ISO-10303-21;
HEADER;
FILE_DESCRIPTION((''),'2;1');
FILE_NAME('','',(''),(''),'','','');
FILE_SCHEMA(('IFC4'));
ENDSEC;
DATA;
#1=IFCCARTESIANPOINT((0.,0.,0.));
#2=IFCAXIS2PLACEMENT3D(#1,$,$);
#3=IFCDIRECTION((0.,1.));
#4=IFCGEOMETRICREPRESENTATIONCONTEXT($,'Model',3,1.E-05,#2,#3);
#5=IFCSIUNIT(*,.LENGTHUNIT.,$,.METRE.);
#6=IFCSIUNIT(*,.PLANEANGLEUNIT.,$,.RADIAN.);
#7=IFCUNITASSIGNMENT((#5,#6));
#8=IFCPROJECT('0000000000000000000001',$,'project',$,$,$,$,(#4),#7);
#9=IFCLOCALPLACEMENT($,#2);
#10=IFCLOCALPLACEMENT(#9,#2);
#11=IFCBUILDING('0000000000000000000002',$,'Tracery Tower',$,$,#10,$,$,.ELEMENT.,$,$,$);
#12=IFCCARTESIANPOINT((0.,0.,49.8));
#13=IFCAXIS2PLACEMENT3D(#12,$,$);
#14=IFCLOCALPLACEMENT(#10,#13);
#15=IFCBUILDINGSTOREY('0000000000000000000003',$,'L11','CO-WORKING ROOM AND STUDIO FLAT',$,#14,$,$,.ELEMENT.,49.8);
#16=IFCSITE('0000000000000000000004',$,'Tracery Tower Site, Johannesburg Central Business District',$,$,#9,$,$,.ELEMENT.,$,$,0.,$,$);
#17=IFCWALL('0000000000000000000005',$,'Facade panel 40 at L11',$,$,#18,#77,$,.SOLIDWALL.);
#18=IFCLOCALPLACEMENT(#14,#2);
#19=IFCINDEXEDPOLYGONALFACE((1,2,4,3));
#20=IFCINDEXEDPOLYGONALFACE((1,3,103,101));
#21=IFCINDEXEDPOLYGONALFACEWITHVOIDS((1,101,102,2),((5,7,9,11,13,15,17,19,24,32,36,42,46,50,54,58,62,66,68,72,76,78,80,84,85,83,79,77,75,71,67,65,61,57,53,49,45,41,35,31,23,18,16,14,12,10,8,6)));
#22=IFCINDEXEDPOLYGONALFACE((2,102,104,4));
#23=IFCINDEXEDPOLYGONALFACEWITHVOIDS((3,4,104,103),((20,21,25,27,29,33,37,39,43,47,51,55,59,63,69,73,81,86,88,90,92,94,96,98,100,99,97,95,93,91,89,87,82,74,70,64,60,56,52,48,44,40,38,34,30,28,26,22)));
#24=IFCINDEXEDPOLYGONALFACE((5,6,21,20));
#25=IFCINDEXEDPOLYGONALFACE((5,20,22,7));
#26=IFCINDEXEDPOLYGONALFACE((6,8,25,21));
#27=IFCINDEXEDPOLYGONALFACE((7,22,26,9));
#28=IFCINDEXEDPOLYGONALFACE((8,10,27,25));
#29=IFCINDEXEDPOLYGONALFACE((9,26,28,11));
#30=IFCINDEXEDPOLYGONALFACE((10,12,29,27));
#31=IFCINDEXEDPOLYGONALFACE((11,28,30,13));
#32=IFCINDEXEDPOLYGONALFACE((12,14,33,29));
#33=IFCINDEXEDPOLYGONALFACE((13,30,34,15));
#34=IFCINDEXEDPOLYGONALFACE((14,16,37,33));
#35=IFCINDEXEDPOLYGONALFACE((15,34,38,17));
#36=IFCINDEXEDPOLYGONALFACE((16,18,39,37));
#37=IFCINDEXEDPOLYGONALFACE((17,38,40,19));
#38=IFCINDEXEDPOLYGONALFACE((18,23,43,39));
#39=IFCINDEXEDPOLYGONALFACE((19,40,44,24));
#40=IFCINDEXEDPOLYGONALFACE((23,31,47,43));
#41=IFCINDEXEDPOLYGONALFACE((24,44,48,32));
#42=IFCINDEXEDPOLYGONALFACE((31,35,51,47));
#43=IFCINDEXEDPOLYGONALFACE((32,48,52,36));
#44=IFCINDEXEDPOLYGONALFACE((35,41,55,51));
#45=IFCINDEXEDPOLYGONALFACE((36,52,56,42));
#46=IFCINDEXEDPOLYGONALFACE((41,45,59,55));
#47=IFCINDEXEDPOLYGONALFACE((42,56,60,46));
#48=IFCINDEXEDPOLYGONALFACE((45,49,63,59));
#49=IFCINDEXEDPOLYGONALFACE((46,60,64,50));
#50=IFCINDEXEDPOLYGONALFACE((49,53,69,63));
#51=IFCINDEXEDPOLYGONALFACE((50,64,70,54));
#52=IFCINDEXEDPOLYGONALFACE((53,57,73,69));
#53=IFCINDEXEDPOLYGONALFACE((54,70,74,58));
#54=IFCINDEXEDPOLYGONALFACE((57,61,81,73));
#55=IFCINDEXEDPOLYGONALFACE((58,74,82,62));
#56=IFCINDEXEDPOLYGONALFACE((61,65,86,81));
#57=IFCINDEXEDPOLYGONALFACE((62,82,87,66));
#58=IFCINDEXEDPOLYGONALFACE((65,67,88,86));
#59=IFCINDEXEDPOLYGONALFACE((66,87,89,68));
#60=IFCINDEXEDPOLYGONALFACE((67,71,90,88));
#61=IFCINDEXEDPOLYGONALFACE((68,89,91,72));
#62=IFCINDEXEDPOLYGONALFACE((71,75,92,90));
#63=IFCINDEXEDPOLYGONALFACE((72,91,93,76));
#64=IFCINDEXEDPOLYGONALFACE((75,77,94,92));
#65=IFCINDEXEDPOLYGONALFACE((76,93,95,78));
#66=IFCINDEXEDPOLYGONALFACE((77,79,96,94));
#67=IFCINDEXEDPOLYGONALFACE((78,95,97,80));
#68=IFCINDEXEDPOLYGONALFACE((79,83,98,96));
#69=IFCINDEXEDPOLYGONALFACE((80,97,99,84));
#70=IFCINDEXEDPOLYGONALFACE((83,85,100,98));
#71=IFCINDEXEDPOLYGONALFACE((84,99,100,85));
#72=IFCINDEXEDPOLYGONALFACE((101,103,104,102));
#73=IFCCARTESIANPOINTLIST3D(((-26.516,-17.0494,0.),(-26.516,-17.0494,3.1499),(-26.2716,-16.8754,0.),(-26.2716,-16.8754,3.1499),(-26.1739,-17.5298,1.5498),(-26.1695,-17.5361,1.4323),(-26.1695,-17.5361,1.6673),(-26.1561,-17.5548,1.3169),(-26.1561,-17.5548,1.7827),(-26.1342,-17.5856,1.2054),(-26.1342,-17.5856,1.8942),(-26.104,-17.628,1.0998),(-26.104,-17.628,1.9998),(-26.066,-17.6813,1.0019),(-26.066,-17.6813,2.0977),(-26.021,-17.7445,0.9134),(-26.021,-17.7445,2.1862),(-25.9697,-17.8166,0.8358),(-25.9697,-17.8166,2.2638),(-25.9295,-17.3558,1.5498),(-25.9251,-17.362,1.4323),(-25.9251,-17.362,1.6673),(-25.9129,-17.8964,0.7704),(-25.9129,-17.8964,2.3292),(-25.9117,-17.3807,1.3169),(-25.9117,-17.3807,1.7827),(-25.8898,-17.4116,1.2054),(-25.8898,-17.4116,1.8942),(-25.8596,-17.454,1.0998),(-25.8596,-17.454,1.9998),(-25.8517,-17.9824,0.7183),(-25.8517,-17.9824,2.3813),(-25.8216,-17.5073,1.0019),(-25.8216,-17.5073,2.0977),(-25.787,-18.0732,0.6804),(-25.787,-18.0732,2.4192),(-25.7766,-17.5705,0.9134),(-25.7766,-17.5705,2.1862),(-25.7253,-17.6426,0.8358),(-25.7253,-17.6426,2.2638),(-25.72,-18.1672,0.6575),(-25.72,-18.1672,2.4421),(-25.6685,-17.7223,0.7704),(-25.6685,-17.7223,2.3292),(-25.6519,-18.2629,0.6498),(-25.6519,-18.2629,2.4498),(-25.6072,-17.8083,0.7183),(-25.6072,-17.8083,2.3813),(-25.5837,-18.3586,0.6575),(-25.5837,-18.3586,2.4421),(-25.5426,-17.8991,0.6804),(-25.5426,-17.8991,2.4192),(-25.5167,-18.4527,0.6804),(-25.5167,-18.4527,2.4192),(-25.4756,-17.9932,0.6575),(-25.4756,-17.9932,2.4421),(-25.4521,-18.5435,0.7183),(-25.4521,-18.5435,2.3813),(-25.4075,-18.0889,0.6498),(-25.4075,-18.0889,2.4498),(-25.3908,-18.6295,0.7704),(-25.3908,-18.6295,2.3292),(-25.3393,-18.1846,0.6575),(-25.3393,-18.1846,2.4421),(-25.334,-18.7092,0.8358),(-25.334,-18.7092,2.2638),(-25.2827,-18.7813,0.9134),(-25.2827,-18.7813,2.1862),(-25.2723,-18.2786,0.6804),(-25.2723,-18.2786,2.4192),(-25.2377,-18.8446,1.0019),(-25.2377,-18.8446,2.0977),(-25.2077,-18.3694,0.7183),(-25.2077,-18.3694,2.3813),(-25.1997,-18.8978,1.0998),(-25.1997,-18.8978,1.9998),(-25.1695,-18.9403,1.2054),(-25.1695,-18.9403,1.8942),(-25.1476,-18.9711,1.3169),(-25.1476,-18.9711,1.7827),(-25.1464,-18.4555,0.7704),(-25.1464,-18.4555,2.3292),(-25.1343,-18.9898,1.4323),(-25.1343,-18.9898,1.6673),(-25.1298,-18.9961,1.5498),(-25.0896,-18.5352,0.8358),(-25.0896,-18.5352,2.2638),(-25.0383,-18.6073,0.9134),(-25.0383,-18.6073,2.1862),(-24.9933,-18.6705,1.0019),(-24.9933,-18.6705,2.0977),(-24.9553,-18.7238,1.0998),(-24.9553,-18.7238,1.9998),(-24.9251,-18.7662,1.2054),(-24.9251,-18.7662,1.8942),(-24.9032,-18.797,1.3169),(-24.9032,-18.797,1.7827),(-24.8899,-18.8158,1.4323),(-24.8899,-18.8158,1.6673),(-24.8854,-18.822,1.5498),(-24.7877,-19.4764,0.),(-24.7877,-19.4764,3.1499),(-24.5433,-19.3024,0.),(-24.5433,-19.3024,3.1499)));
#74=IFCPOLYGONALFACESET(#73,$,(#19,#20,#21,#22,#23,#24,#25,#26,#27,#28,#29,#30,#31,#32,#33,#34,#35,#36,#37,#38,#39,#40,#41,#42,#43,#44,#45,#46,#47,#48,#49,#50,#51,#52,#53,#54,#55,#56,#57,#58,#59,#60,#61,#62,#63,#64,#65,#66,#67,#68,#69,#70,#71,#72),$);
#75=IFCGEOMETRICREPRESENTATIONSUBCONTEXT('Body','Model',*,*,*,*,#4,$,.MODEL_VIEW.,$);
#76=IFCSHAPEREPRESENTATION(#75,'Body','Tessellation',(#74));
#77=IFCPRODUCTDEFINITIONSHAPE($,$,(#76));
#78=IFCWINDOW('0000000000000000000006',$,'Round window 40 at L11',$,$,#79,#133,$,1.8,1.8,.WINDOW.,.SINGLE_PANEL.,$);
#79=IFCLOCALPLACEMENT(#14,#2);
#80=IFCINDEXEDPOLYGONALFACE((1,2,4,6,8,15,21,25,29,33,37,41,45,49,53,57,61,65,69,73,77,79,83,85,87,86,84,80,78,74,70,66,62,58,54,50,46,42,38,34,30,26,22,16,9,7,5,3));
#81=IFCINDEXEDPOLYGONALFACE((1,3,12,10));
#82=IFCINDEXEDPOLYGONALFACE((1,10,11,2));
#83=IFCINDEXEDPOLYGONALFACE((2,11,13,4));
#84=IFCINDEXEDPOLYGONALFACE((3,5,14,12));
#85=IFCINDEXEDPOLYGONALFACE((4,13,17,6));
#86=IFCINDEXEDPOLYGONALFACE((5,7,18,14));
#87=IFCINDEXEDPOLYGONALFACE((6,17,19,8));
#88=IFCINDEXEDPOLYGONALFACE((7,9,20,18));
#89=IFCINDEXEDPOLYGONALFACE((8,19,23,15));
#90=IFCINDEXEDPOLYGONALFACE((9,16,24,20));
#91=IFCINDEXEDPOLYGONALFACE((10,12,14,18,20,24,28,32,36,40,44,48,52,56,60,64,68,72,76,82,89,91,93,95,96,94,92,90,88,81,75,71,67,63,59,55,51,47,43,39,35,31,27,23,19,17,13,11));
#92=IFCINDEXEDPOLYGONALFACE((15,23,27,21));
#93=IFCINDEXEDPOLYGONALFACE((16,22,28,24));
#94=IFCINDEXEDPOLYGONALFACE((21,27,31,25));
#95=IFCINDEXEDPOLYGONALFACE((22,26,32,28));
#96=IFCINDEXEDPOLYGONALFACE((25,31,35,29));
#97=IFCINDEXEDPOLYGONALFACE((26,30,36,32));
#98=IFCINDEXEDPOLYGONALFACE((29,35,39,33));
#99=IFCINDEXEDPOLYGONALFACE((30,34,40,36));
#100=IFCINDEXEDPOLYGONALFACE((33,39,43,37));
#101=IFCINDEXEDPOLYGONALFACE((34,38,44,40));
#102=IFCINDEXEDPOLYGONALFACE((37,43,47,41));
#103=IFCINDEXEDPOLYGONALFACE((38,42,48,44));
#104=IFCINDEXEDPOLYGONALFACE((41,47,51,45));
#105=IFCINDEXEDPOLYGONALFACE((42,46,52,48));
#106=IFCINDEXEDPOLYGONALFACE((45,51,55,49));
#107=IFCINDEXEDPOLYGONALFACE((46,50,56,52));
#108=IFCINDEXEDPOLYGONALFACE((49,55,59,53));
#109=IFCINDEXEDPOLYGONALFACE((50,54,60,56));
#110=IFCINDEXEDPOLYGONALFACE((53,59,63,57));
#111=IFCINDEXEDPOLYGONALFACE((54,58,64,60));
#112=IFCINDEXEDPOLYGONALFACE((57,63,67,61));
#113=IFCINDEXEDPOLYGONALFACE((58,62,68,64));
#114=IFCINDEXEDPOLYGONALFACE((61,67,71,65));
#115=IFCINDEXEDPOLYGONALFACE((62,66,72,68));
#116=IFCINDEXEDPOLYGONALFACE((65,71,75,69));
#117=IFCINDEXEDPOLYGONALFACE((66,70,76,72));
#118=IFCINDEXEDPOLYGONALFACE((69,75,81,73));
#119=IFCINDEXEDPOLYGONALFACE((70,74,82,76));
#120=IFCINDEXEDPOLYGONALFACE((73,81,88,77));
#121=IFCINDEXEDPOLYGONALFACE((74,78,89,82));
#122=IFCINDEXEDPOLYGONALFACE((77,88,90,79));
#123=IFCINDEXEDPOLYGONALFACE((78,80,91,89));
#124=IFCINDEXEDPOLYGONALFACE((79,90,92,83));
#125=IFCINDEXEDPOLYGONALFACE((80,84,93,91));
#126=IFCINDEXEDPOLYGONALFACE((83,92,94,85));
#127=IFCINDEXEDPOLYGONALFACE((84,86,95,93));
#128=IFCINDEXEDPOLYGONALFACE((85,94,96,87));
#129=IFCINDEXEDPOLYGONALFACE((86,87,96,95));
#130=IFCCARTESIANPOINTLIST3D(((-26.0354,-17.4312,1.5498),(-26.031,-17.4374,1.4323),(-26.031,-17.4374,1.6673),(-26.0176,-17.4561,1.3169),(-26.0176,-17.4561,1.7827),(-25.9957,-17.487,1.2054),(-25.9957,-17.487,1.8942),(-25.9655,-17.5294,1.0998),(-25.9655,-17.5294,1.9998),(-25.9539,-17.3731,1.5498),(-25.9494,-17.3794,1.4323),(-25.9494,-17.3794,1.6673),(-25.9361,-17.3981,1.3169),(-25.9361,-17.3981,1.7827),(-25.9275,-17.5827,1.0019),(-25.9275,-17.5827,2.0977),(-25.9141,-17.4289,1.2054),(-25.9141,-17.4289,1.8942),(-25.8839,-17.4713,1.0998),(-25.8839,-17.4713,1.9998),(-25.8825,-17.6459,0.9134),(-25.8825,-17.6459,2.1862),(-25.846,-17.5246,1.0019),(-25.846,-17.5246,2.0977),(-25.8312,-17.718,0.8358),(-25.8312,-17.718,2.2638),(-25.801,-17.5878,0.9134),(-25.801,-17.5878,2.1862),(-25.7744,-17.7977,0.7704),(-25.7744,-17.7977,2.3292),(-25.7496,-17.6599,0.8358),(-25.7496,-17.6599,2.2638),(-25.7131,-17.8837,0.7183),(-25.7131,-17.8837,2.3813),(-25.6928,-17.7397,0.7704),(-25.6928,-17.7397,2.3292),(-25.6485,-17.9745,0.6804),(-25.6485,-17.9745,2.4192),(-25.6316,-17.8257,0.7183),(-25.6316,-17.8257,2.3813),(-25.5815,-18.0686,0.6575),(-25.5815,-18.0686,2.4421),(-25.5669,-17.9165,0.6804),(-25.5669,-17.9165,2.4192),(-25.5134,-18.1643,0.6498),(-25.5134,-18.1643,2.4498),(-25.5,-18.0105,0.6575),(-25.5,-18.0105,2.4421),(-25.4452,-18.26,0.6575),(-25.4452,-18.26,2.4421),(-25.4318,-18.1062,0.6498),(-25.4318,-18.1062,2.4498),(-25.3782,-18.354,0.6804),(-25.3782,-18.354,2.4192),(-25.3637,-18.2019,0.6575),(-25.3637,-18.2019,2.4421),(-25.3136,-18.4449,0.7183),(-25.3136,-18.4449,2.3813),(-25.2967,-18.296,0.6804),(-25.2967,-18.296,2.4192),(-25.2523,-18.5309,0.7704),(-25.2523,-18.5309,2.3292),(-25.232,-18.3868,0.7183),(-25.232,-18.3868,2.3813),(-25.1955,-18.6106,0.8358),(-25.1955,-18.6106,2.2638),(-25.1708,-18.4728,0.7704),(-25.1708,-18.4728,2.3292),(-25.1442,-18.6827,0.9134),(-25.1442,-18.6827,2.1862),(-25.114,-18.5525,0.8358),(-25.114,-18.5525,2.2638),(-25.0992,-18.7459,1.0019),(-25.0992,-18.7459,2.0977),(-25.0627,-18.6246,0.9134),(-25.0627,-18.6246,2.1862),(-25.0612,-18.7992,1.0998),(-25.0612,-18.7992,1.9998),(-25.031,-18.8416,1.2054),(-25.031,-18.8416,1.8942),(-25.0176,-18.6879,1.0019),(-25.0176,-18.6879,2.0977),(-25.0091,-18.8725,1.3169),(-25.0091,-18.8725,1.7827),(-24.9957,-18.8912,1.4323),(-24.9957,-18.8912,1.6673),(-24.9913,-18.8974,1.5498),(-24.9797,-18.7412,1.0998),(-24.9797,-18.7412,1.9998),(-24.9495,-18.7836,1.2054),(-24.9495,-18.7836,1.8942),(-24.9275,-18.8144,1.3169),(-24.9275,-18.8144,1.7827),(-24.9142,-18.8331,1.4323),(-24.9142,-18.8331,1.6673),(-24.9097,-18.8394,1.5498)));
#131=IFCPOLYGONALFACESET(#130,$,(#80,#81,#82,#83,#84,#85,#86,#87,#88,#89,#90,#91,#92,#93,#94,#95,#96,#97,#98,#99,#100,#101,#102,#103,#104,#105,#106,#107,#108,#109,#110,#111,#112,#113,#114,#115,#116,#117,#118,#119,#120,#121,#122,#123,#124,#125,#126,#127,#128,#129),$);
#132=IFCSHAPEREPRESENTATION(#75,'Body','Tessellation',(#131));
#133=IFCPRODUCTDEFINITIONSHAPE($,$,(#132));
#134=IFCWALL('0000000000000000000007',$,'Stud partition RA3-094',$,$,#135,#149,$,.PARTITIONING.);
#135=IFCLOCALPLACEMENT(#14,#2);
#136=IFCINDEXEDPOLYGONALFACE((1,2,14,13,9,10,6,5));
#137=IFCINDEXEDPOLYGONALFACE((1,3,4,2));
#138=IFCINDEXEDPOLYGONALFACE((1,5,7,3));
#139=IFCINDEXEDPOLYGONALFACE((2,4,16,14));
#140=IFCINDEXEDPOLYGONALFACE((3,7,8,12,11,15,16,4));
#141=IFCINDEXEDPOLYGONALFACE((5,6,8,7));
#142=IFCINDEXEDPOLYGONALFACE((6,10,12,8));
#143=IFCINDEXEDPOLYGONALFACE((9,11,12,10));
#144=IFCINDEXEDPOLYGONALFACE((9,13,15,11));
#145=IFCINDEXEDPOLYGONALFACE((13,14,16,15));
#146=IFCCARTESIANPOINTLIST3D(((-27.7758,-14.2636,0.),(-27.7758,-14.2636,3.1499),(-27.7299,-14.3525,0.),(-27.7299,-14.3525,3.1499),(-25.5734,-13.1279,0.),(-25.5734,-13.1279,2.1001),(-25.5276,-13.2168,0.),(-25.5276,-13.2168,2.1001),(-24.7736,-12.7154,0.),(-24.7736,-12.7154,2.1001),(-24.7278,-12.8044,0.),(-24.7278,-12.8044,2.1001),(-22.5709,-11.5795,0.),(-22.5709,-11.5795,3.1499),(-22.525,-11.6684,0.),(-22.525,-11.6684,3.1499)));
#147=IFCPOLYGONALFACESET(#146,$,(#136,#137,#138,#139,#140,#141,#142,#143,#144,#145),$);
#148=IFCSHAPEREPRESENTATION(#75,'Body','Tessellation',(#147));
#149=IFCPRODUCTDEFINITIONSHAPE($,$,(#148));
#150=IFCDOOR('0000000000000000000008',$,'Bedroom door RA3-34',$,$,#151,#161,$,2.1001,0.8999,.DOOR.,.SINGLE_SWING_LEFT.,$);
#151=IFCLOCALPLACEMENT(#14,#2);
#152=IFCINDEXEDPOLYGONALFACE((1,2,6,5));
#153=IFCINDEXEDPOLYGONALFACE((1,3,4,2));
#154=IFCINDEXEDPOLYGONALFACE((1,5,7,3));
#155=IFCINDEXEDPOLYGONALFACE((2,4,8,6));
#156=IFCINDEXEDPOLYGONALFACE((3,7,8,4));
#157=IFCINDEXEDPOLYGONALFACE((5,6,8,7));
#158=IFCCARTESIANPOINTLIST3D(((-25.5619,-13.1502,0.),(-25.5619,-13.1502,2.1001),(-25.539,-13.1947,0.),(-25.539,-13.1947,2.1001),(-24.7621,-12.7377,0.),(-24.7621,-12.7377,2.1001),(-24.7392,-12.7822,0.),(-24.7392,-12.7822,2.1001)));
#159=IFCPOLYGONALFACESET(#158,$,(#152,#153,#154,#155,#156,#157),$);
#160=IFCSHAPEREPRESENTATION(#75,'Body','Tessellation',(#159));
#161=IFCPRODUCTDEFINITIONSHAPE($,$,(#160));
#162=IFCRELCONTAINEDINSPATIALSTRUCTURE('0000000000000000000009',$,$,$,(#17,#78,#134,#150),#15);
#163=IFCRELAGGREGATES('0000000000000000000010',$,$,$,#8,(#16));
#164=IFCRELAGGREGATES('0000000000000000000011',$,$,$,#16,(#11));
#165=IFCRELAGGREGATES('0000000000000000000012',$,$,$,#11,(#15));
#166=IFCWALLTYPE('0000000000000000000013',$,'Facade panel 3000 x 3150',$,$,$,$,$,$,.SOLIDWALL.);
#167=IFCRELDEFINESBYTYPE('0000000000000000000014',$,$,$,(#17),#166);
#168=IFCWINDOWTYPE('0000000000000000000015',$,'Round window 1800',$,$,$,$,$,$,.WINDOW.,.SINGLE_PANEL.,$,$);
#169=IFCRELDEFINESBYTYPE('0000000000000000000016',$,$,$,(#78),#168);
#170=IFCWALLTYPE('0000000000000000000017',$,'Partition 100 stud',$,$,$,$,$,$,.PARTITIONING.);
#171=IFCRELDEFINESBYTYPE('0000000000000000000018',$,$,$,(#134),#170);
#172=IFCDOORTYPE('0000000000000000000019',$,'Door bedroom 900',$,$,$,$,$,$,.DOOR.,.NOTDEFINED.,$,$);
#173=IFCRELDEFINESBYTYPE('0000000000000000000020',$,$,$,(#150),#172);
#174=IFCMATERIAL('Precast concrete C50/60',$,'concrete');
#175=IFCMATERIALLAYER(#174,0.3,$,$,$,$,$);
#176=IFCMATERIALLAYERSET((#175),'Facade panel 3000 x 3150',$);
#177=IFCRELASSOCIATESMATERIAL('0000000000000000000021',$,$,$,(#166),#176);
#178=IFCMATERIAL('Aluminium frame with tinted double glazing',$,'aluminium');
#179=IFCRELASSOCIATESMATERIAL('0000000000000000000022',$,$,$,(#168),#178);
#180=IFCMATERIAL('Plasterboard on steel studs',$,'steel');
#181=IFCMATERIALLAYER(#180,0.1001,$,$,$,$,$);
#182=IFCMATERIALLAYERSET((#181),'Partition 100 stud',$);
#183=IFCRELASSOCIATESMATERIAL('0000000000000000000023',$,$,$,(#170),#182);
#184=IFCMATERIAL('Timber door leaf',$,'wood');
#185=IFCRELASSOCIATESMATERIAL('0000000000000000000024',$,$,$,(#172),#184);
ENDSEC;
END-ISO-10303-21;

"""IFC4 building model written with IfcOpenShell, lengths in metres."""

from ifc_helpers import new_model, si_unit, direction, frame, frame_2d, origin, origin_2d, place, context, subcontext, project, spatial, rectangle, circle, extrude, material, layer, layer_set, type_object, element, fill, save


model = new_model("IFC4")

# Units and contexts
model_context = context("Model", 3, precision=1e-05, world=origin(), true_north=direction((0.0, 1.0)))
body_context = subcontext(model_context, "Body", "Model", "MODEL_VIEW")
ifc_project = project(units=[si_unit("LENGTHUNIT", "METRE"), si_unit("PLANEANGLEUNIT", "RADIAN")], contexts=[model_context])

# Site, building, storey
site_placement = place(None, origin())
site = spatial("IfcSite", under=ifc_project, at=site_placement, Name="Tracery Tower Site, Johannesburg Central Business District", CompositionType="ELEMENT", RefElevation=0.0)
building_placement = place(site_placement, origin())
building = spatial("IfcBuilding", under=site, at=building_placement, Name="Tracery Tower", CompositionType="ELEMENT")
storey_placement = place(building_placement, frame((0.0, 0.0, 49.8)))
storey = spatial("IfcBuildingStorey", under=building, at=storey_placement, Name="L11", Description="CO-WORKING ROOM AND STUDIO FLAT", CompositionType="ELEMENT", Elevation=49.8)

# Wall, opening, window
ifc_material_1 = material(Name="Precast concrete C50/60", Category="concrete")
ifc_layer_1 = layer(ifc_material_1, 0.3)
ifc_layer_set_1 = layer_set([ifc_layer_1], Name="Facade panel 3000 x 3150")
wall_type_1 = type_object("IfcWallType", Name="Facade panel 3000 x 3150", PredefinedType="SOLIDWALL", material=ifc_layer_set_1)
ifc_material_2 = material(Name="Aluminium frame with tinted double glazing", Category="aluminium")
window_type = type_object("IfcWindowType", Name="Round window 1800", PartitioningType="SINGLE_PANEL", PredefinedType="WINDOW", material=ifc_material_2)
wall_1_placement = place(storey_placement, frame((-26.3938, -16.9624, 0.0), z_axis=(0.0, 0.0, 1.0), x_axis=(0.580059, -0.814574, 0.0)))
wall_1 = element("IfcWall", 1, at=wall_1_placement, inside=storey, type_object=wall_type_1, Name="Facade panel 40 at L11", PredefinedType="SOLIDWALL", context=body_context, shape_type="SweptSolid", body=[
    extrude(rectangle(XDim=2.9795, YDim=0.3, at=frame_2d((1.4897, 0.0))), origin(), (0.0, 0.0, 1.0), 3.1499),
])
opening_1_placement = place(wall_1_placement, frame((1.4897, 0.0, 1.5498)))
opening_1 = element("IfcOpeningElement", 2, at=opening_1_placement, cuts=wall_1, PredefinedType="OPENING", context=body_context, shape_type="SweptSolid", body=[
    extrude(circle(Radius=0.9, at=origin_2d()), frame((0.0, 0.1599, 0.0), z_axis=(0.0, -1.0, 0.0), x_axis=(1.0, 0.0, 0.0)), (0.0, 0.0, 1.0), 0.3201),
])
window_1_placement = place(opening_1_placement, origin())
window_1 = element("IfcWindow", 3, at=window_1_placement, inside=storey, type_object=window_type, Name="Round window 40 at L11", OverallHeight=1.8, OverallWidth=1.8, PartitioningType="SINGLE_PANEL", PredefinedType="WINDOW", context=body_context, shape_type="SweptSolid", body=[
    extrude(circle(Radius=0.9, at=origin_2d()), frame((0.0, 0.1201, 0.0), z_axis=(0.0, -1.0, 0.0), x_axis=(1.0, 0.0, 0.0)), (0.0, 0.0, 1.0), 0.1001),
])
fill(opening_1, window_1)

# Wall, opening, door
ifc_material_3 = material(Name="Plasterboard on steel studs", Category="steel")
ifc_layer_2 = layer(ifc_material_3, 0.1001)
ifc_layer_set_2 = layer_set([ifc_layer_2], Name="Partition 100 stud")
wall_type_2 = type_object("IfcWallType", Name="Partition 100 stud", PredefinedType="PARTITIONING", material=ifc_layer_set_2)
wall_2_placement = place(storey_placement, frame((-27.7529, -14.3081, 0.0), z_axis=(0.0, 0.0, 1.0), x_axis=(0.88878, 0.458335, 0.0)))
wall_2 = element("IfcWall", 4, at=wall_2_placement, inside=storey, type_object=wall_type_2, Name="Stud partition RA3-094", PredefinedType="PARTITIONING", context=body_context, shape_type="SweptSolid", body=[
    extrude(rectangle(XDim=5.8562, YDim=0.1001, at=frame_2d((2.9282, 0.0))), origin(), (0.0, 0.0, 1.0), 3.1499),
])
opening_2_placement = place(wall_2_placement, frame((2.478, 0.0, 0.0)))
opening_2 = element("IfcOpeningElement", 5, at=opening_2_placement, cuts=wall_2, PredefinedType="OPENING", context=body_context, shape_type="SweptSolid", body=[
    extrude(rectangle(XDim=0.8999, YDim=2.1001, at=frame_2d((0.45, 1.05))), frame((0.0, 0.05, 0.0), z_axis=(0.0, -1.0, 0.0), x_axis=(1.0, 0.0, 0.0)), (0.0, 0.0, 1.0), 0.1001),
])
ifc_material_4 = material(Name="Timber door leaf", Category="wood")
door_type_1 = type_object("IfcDoorType", Name="Door bedroom 900", OperationType="NOTDEFINED", PredefinedType="DOOR", material=ifc_material_4)
door_1_placement = place(opening_2_placement, origin())
door_1 = element("IfcDoor", 6, at=door_1_placement, inside=storey, type_object=door_type_1, Name="Bedroom door RA3-34", OperationType="SINGLE_SWING_LEFT", OverallHeight=2.1001, OverallWidth=0.8999, PredefinedType="DOOR", context=body_context, shape_type="SweptSolid", body=[
    extrude(rectangle(XDim=0.8999, YDim=2.1001, at=frame_2d((0.45, 1.05))), frame((0.0, 0.0249, 0.0), z_axis=(0.0, -1.0, 0.0), x_axis=(1.0, 0.0, 0.0)), (0.0, 0.0, 1.0), 0.05),
])
fill(opening_2, door_1)

save(model, "model.ifc")
